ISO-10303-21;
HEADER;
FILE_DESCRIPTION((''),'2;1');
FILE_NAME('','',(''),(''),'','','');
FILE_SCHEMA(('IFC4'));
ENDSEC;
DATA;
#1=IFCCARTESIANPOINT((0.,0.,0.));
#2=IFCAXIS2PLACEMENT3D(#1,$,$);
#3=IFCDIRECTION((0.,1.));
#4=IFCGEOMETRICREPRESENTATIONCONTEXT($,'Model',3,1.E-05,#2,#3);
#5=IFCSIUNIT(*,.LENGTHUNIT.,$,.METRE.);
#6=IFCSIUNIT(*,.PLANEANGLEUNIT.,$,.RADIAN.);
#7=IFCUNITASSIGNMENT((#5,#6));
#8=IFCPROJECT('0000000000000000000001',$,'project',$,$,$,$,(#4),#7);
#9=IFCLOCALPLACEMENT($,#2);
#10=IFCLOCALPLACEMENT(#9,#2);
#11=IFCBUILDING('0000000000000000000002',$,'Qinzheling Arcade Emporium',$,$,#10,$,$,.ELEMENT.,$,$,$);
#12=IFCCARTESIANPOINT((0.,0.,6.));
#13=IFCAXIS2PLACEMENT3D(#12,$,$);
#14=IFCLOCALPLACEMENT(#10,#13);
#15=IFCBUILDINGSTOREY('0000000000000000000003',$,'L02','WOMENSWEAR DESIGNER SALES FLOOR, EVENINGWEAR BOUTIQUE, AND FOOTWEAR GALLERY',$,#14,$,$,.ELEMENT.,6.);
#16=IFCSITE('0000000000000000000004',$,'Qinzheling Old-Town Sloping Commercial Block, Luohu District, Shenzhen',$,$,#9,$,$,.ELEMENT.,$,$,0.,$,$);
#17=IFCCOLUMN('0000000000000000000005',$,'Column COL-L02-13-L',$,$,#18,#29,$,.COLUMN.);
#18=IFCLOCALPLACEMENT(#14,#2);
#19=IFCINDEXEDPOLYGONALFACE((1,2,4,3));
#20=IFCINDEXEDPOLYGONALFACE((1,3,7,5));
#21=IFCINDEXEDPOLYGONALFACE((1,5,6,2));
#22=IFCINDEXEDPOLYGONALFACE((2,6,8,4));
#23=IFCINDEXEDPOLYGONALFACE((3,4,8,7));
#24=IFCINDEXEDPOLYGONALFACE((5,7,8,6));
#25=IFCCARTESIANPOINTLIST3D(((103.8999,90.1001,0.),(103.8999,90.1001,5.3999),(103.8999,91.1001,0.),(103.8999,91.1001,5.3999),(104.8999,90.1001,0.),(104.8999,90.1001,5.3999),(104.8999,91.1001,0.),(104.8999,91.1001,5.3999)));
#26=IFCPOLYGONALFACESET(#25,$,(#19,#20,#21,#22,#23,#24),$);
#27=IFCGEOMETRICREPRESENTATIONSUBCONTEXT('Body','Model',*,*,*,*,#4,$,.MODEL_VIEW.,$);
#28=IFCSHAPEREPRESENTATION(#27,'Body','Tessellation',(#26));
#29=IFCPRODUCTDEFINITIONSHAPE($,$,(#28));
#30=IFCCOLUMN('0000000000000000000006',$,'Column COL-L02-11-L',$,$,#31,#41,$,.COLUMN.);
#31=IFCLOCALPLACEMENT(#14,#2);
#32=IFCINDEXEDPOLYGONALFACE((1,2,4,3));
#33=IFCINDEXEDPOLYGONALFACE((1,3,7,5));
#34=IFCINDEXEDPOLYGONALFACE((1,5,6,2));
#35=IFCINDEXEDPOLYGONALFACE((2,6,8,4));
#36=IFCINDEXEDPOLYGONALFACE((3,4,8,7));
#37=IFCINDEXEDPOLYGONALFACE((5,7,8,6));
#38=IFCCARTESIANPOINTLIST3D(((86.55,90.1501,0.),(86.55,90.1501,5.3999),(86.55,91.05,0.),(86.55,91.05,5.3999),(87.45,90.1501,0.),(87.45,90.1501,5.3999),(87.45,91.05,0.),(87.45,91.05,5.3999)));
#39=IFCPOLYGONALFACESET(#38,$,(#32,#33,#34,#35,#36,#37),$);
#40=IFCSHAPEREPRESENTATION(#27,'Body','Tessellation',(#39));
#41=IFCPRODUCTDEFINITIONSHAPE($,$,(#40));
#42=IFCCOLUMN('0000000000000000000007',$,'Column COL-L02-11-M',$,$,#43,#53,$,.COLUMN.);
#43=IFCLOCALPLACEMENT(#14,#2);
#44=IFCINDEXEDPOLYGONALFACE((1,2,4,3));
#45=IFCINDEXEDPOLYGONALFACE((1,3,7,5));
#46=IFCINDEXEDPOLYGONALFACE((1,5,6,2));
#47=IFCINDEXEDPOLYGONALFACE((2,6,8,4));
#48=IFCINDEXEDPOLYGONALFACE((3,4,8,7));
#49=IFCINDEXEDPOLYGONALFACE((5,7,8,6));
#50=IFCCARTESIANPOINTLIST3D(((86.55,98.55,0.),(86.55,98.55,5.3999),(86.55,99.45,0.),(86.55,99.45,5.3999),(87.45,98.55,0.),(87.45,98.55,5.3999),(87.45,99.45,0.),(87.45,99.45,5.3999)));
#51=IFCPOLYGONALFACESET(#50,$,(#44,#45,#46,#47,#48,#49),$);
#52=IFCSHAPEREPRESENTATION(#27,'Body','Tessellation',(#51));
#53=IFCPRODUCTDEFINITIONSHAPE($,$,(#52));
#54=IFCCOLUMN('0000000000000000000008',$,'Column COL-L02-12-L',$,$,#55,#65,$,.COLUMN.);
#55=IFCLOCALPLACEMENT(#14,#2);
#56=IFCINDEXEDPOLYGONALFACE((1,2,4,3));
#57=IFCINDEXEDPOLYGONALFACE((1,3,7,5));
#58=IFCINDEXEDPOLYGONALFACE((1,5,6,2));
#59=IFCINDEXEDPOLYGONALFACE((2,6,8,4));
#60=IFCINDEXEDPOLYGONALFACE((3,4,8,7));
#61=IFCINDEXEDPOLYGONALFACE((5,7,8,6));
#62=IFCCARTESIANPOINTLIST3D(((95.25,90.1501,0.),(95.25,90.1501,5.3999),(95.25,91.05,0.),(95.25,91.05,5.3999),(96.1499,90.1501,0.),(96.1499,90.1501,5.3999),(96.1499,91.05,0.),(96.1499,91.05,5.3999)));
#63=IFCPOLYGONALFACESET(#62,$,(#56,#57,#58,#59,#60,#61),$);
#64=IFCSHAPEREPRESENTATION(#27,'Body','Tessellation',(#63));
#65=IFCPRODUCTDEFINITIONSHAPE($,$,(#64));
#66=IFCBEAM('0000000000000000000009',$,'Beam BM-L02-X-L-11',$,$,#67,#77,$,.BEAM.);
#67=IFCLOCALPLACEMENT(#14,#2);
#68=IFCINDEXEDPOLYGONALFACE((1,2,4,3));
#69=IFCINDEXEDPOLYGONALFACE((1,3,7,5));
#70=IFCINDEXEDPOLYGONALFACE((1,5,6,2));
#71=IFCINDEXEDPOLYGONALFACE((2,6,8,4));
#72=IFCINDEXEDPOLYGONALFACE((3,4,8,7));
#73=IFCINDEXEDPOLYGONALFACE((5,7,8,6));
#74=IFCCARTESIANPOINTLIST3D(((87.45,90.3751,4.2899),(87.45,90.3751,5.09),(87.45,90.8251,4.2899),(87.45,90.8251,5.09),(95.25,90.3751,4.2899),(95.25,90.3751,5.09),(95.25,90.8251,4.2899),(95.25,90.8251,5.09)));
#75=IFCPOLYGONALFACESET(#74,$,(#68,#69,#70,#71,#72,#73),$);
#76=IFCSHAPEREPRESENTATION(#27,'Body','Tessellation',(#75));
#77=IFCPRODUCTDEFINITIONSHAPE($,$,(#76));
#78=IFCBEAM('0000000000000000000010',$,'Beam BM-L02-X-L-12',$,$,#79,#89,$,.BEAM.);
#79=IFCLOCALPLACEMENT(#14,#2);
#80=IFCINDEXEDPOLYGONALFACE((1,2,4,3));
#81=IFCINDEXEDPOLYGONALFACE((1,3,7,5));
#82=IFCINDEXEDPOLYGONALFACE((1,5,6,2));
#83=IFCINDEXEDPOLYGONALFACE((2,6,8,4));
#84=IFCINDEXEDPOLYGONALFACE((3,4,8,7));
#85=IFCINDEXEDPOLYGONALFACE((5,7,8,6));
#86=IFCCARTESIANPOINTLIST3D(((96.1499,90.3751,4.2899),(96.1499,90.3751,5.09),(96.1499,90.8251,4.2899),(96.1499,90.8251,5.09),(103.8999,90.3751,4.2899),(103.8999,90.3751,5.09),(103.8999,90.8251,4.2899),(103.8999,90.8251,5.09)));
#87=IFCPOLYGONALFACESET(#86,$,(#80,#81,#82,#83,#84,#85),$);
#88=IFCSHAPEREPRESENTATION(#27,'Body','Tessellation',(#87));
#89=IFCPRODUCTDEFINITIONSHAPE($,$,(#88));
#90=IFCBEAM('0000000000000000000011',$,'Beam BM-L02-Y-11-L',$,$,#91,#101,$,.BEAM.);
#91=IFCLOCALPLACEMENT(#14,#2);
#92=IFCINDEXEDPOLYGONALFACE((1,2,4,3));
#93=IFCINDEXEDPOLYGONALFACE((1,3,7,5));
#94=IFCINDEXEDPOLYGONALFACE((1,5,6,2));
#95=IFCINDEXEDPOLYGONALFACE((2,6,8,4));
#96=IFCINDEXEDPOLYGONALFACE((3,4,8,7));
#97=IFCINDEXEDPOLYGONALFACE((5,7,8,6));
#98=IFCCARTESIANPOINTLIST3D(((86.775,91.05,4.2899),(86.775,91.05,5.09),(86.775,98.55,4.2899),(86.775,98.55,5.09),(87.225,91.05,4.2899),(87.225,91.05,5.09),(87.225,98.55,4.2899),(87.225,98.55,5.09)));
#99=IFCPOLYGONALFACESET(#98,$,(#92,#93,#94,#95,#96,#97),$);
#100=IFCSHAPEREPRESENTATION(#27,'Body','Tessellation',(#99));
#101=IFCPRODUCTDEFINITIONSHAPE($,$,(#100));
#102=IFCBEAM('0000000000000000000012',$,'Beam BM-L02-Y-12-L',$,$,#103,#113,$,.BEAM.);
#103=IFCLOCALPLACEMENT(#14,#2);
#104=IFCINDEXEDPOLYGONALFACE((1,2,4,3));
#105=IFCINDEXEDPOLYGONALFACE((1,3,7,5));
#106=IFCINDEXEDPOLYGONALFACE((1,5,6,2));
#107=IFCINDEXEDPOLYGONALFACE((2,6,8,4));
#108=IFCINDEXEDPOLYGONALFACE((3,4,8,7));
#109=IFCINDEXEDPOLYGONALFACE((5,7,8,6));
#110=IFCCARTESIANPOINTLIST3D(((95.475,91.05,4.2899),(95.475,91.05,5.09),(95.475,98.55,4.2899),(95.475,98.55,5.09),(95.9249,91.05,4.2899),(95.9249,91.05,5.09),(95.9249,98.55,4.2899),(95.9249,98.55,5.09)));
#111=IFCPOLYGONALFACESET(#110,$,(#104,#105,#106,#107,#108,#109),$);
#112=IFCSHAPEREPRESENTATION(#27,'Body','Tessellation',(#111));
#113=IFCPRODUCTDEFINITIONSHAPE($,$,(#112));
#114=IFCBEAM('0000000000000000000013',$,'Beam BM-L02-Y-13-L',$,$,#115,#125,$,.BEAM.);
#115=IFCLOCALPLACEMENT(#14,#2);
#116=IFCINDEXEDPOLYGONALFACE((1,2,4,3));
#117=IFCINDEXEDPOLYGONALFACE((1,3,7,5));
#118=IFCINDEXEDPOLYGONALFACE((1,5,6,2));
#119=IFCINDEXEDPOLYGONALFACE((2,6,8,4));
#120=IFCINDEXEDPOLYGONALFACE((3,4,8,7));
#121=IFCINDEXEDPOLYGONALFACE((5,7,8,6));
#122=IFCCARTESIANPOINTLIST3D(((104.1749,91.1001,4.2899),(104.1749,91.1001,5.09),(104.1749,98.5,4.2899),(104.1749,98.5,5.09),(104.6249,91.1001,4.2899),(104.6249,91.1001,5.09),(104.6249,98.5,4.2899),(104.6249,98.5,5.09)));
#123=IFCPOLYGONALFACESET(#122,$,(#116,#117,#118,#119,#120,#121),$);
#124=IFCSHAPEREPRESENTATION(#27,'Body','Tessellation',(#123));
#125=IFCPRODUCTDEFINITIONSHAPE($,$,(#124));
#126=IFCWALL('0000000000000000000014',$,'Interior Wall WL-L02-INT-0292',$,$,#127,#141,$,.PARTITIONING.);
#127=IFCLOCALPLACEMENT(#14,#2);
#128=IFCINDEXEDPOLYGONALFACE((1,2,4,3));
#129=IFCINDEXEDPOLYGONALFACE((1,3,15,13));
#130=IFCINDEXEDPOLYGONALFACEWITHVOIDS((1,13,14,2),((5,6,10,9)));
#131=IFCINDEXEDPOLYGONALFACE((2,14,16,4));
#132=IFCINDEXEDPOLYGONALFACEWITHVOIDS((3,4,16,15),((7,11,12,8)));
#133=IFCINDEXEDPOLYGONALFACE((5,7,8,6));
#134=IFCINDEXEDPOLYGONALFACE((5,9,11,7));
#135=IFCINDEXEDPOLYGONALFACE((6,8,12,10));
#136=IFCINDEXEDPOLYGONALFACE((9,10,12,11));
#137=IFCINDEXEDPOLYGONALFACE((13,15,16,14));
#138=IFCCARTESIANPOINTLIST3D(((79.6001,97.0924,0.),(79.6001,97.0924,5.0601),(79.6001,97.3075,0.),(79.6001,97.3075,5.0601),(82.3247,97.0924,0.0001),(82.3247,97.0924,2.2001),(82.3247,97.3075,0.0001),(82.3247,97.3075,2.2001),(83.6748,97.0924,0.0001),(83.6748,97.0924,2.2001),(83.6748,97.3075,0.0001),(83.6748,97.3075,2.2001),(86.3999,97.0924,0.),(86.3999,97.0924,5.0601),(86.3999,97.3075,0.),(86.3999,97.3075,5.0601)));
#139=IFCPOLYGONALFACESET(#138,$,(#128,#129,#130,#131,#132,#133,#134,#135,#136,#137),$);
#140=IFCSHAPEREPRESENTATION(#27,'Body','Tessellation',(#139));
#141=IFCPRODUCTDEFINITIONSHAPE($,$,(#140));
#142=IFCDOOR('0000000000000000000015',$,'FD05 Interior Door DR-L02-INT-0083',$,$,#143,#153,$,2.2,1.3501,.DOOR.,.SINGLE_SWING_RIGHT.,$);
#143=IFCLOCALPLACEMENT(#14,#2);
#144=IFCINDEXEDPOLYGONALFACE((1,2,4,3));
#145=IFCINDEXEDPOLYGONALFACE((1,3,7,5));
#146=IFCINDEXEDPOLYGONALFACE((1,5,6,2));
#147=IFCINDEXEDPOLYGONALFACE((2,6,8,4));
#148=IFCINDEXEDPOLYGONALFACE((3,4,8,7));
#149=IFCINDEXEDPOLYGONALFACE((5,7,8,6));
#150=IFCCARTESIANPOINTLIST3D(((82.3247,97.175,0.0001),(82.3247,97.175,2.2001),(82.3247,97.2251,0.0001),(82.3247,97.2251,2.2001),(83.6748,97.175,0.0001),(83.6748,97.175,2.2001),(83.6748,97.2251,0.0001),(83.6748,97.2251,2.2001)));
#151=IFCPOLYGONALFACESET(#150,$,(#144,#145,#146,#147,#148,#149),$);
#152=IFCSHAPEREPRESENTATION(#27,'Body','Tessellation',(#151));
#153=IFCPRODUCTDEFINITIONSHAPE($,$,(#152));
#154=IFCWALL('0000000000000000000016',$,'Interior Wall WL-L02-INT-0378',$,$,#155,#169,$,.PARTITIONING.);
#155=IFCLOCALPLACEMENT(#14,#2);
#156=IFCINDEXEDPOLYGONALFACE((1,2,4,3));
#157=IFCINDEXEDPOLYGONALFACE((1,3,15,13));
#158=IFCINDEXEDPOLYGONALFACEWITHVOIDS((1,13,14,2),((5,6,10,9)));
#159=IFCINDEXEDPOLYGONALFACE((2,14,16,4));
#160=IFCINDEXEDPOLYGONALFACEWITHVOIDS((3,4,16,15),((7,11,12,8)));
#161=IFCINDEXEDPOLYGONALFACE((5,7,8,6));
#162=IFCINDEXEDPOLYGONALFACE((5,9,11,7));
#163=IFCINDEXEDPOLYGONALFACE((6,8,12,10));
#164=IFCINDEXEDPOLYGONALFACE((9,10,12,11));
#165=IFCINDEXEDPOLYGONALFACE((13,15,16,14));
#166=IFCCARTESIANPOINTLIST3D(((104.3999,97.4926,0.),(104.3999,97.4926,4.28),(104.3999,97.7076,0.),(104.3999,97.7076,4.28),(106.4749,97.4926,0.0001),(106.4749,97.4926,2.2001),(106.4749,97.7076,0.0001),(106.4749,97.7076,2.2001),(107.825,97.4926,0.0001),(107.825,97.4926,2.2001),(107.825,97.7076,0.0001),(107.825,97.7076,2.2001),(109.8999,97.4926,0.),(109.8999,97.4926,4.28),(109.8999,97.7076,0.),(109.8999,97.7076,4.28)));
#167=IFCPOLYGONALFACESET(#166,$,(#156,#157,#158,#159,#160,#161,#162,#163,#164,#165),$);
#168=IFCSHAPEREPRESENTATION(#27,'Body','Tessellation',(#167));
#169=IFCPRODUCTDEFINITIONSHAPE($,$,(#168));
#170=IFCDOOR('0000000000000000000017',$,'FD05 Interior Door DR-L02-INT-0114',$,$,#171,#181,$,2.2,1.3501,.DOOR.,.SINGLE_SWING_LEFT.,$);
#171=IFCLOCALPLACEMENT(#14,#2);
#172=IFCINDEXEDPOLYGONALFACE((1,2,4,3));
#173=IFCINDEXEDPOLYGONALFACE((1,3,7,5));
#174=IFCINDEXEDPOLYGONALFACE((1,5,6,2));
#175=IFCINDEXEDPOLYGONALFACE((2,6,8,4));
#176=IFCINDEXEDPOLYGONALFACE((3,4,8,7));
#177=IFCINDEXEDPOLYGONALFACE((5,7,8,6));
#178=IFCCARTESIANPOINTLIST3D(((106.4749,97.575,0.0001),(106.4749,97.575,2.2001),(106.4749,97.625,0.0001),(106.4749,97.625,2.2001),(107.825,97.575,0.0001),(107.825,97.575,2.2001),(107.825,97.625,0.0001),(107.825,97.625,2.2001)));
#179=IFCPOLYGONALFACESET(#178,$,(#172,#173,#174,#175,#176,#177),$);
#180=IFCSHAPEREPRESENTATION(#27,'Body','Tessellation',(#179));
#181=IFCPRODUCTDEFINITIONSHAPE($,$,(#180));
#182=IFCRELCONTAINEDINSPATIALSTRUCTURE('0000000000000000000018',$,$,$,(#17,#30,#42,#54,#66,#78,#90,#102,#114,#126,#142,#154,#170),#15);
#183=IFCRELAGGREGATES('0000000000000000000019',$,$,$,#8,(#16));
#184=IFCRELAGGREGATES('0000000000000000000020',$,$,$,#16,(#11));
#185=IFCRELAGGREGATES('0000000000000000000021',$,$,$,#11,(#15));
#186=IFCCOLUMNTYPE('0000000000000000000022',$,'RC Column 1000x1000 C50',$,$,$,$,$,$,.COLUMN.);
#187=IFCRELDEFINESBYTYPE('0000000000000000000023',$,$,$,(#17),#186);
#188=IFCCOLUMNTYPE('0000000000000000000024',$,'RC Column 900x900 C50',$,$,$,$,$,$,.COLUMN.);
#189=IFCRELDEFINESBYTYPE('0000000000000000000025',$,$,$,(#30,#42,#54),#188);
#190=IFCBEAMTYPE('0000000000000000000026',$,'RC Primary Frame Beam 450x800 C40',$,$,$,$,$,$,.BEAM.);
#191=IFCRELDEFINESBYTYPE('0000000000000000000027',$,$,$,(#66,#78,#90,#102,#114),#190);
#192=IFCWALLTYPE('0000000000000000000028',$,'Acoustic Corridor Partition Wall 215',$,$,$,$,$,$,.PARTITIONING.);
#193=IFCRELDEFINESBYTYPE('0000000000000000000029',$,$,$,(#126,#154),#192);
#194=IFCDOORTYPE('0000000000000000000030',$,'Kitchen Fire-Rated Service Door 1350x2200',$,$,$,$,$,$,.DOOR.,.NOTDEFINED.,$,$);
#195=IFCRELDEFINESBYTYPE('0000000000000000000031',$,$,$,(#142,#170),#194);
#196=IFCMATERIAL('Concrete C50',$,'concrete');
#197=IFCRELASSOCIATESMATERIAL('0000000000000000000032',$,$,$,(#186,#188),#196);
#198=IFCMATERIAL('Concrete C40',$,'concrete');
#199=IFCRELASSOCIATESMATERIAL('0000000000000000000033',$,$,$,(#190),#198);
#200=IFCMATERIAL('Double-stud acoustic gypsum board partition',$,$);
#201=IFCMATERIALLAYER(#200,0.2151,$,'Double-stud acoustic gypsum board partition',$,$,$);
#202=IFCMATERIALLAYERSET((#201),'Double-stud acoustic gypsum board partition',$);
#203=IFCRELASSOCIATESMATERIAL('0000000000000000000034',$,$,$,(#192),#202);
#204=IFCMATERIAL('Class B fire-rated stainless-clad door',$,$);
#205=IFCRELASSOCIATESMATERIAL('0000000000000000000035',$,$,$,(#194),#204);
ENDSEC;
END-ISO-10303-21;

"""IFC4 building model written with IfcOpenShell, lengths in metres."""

from ifc_helpers import new_model, si_unit, direction, frame, frame_2d, origin, origin_2d, place, context, subcontext, project, spatial, rectangle, extrude, material, layer, layer_set, material_profile, profile_set, type_object, element, fill, save


model = new_model("IFC4")

# Units and contexts
model_context = context("Model", 3, precision=1e-05, world=origin(), true_north=direction((0.0, 1.0)))
body_context = subcontext(model_context, "Body", "Model", "MODEL_VIEW")
ifc_project = project(units=[si_unit("LENGTHUNIT", "METRE"), si_unit("PLANEANGLEUNIT", "RADIAN")], contexts=[model_context])

# Site, building, storey
site_placement = place(None, origin())
site = spatial("IfcSite", under=ifc_project, at=site_placement, Name="Qinzheling Old-Town Sloping Commercial Block, Luohu District, Shenzhen", CompositionType="ELEMENT", RefElevation=0.0)
building_placement = place(site_placement, origin())
building = spatial("IfcBuilding", under=site, at=building_placement, Name="Qinzheling Arcade Emporium", CompositionType="ELEMENT")
storey_placement = place(building_placement, frame((0.0, 0.0, 6.0)))
storey = spatial("IfcBuildingStorey", under=building, at=storey_placement, Name="L02", Description="WOMENSWEAR DESIGNER SALES FLOOR, EVENINGWEAR BOUTIQUE, AND FOOTWEAR GALLERY", CompositionType="ELEMENT", Elevation=6.0)

# Columns
ifc_material_1 = material(Name="Concrete C50", Category="concrete")
ifc_material_profile_1 = material_profile(ifc_material_1, rectangle(XDim=1.0, YDim=1.0, at=origin_2d()), Name="RC 1000x1000", Category="concrete")
ifc_profile_set_1 = profile_set([ifc_material_profile_1], Name="Concrete C50")
column_type_1 = type_object("IfcColumnType", Name="RC Column 1000x1000 C50", PredefinedType="COLUMN", material=ifc_profile_set_1)
column_placement = place(storey_placement, frame((104.3999, 90.6001, 0.0), z_axis=(0.0, 0.0, 1.0), x_axis=(1.0, 0.0, 0.0)))
element("IfcColumn", 1, at=column_placement, inside=storey, type_object=column_type_1, Name="Column COL-L02-13-L", PredefinedType="COLUMN", context=body_context, shape_type="SweptSolid", body=[
    extrude(rectangle(XDim=1.0, YDim=1.0, at=origin_2d()), origin(), (0.0, 0.0, 1.0), 5.3999),
])
ifc_material_profile_2 = material_profile(ifc_material_1, rectangle(XDim=0.8999, YDim=0.8999, at=origin_2d()), Name="RC 900x900", Category="concrete")
ifc_profile_set_2 = profile_set([ifc_material_profile_2], Name="Concrete C50")
column_type_2 = type_object("IfcColumnType", Name="RC Column 900x900 C50", PredefinedType="COLUMN", material=ifc_profile_set_2)
for number, where, z_axis, x_axis, name in (
    (2, (87.0, 90.6001, 0.0), (0.0, 0.0, 1.0), (1.0, 0.0, 0.0), "Column COL-L02-11-L"),
    (3, (87.0, 99.0, 0.0), (0.0, 0.0, 1.0), (1.0, 0.0, 0.0), "Column COL-L02-11-M"),
    (4, (95.7, 90.6001, 0.0), (0.0, 0.0, 1.0), (1.0, 0.0, 0.0), "Column COL-L02-12-L"),
):
    element("IfcColumn", number, at=place(storey_placement, frame(where, z_axis=z_axis, x_axis=x_axis)), inside=storey, type_object=column_type_2, Name=name, PredefinedType="COLUMN", context=body_context, shape_type="SweptSolid", body=[
        extrude(rectangle(XDim=0.8999, YDim=0.8999, at=origin_2d()), origin(), (0.0, 0.0, 1.0), 5.3999),
    ])

# Beams
ifc_material_2 = material(Name="Concrete C40", Category="concrete")
ifc_material_profile_3 = material_profile(ifc_material_2, rectangle(XDim=0.45, YDim=0.8, at=origin_2d()), Name="RC 450x800", Category="concrete")
ifc_profile_set_3 = profile_set([ifc_material_profile_3], Name="Concrete C40")
beam_type = type_object("IfcBeamType", Name="RC Primary Frame Beam 450x800 C40", PredefinedType="BEAM", material=ifc_profile_set_3)
beam_1_placement = place(storey_placement, frame((87.45, 90.6001, 4.6899), z_axis=(1.0, 0.0, 0.0), x_axis=(0.0, 1.0, 0.0)))
element("IfcBeam", 5, at=beam_1_placement, inside=storey, type_object=beam_type, Name="Beam BM-L02-X-L-11", PredefinedType="BEAM", context=body_context, shape_type="SweptSolid", body=[
    extrude(rectangle(XDim=0.45, YDim=0.8, at=origin_2d()), origin(), (0.0, 0.0, 1.0), 7.8),
])
beam_2_placement = place(storey_placement, frame((96.1499, 90.6001, 4.6899), z_axis=(1.0, 0.0, 0.0), x_axis=(0.0, 1.0, 0.0)))
element("IfcBeam", 6, at=beam_2_placement, inside=storey, type_object=beam_type, Name="Beam BM-L02-X-L-12", PredefinedType="BEAM", context=body_context, shape_type="SweptSolid", body=[
    extrude(rectangle(XDim=0.45, YDim=0.8, at=origin_2d()), origin(), (0.0, 0.0, 1.0), 7.75),
])
for number, where, z_axis, x_axis, name in (
    (7, (87.0, 91.05, 4.6899), (0.0, 1.0, 0.0), (-1.0, 0.0, 0.0), "Beam BM-L02-Y-11-L"),
    (8, (95.7, 91.05, 4.6899), (0.0, 1.0, 0.0), (-1.0, 0.0, 0.0), "Beam BM-L02-Y-12-L"),
):
    element("IfcBeam", number, at=place(storey_placement, frame(where, z_axis=z_axis, x_axis=x_axis)), inside=storey, type_object=beam_type, Name=name, PredefinedType="BEAM", context=body_context, shape_type="SweptSolid", body=[
        extrude(rectangle(XDim=0.45, YDim=0.8, at=origin_2d()), origin(), (0.0, 0.0, 1.0), 7.5),
    ])
beam_3_placement = place(storey_placement, frame((104.3999, 91.1001, 4.6899), z_axis=(0.0, 1.0, 0.0), x_axis=(-1.0, 0.0, 0.0)))
element("IfcBeam", 9, at=beam_3_placement, inside=storey, type_object=beam_type, Name="Beam BM-L02-Y-13-L", PredefinedType="BEAM", context=body_context, shape_type="SweptSolid", body=[
    extrude(rectangle(XDim=0.45, YDim=0.8, at=origin_2d()), origin(), (0.0, 0.0, 1.0), 7.3999),
])

# Walls, openings, doors
ifc_material_3 = material(Name="Double-stud acoustic gypsum board partition")
ifc_layer_1 = layer(ifc_material_3, 0.2151, Name="Double-stud acoustic gypsum board partition")
ifc_layer_set_1 = layer_set([ifc_layer_1], Name="Double-stud acoustic gypsum board partition")
wall_type_1 = type_object("IfcWallType", Name="Acoustic Corridor Partition Wall 215", PredefinedType="PARTITIONING", material=ifc_layer_set_1)
wall_1_placement = place(storey_placement, frame((86.3999, 97.2, 0.0), z_axis=(0.0, 0.0, 1.0), x_axis=(-1.0, 0.0, 0.0)))
wall_1 = element("IfcWall", 10, at=wall_1_placement, inside=storey, type_object=wall_type_1, Name="Interior Wall WL-L02-INT-0292", PredefinedType="PARTITIONING", context=body_context, shape_type="SweptSolid", body=[
    extrude(rectangle(XDim=6.7998, YDim=0.2151, at=frame_2d((3.3999, 0.0))), origin(), (0.0, 0.0, 1.0), 5.0601),
])
opening_1_placement = place(wall_1_placement, frame((2.7251, 0.0, 0.0)))
opening_1 = element("IfcOpeningElement", 11, at=opening_1_placement, cuts=wall_1, PredefinedType="OPENING", context=body_context, shape_type="SweptSolid", body=[
    extrude(rectangle(XDim=1.3501, YDim=2.2, at=frame_2d((0.675, 1.1001))), frame((0.0, 0.1177, 0.0), z_axis=(0.0, -1.0, 0.0), x_axis=(1.0, 0.0, 0.0)), (0.0, 0.0, 1.0), 0.2351),
])
ifc_material_4 = material(Name="Class B fire-rated stainless-clad door")
door_type_1 = type_object("IfcDoorType", Name="Kitchen Fire-Rated Service Door 1350x2200", OperationType="NOTDEFINED", PredefinedType="DOOR", material=ifc_material_4)
door_1_placement = place(opening_1_placement, origin())
door_1 = element("IfcDoor", 12, at=door_1_placement, inside=storey, type_object=door_type_1, Name="FD05 Interior Door DR-L02-INT-0083", OperationType="SINGLE_SWING_RIGHT", OverallHeight=2.2, OverallWidth=1.3501, PredefinedType="DOOR", context=body_context, shape_type="SweptSolid", body=[
    extrude(rectangle(XDim=1.3501, YDim=2.2, at=frame_2d((0.675, 1.1001))), frame((0.0, 0.0249, 0.0), z_axis=(0.0, -1.0, 0.0), x_axis=(1.0, 0.0, 0.0)), (0.0, 0.0, 1.0), 0.05),
])
fill(opening_1, door_1)
wall_2_placement = place(storey_placement, frame((104.3999, 97.6001, 0.0), z_axis=(0.0, 0.0, 1.0), x_axis=(1.0, 0.0, 0.0)))
wall_2 = element("IfcWall", 13, at=wall_2_placement, inside=storey, type_object=wall_type_1, Name="Interior Wall WL-L02-INT-0378", PredefinedType="PARTITIONING", context=body_context, shape_type="SweptSolid", body=[
    extrude(rectangle(XDim=5.5, YDim=0.2151, at=frame_2d((2.75, 0.0))), origin(), (0.0, 0.0, 1.0), 4.28),
])
opening_2_placement = place(wall_2_placement, frame((2.075, 0.0, 0.0)))
opening_2 = element("IfcOpeningElement", 14, at=opening_2_placement, cuts=wall_2, PredefinedType="OPENING", context=body_context, shape_type="SweptSolid", body=[
    extrude(rectangle(XDim=1.3501, YDim=2.2, at=frame_2d((0.675, 1.1001))), frame((0.0, 0.1177, 0.0), z_axis=(0.0, -1.0, 0.0), x_axis=(1.0, 0.0, 0.0)), (0.0, 0.0, 1.0), 0.2351),
])
door_2_placement = place(opening_2_placement, origin())
door_2 = element("IfcDoor", 15, at=door_2_placement, inside=storey, type_object=door_type_1, Name="FD05 Interior Door DR-L02-INT-0114", OperationType="SINGLE_SWING_LEFT", OverallHeight=2.2, OverallWidth=1.3501, PredefinedType="DOOR", context=body_context, shape_type="SweptSolid", body=[
    extrude(rectangle(XDim=1.3501, YDim=2.2, at=frame_2d((0.675, 1.1001))), frame((0.0, 0.0249, 0.0), z_axis=(0.0, -1.0, 0.0), x_axis=(1.0, 0.0, 0.0)), (0.0, 0.0, 1.0), 0.05),
])
fill(opening_2, door_2)

save(model, "model.ifc")
